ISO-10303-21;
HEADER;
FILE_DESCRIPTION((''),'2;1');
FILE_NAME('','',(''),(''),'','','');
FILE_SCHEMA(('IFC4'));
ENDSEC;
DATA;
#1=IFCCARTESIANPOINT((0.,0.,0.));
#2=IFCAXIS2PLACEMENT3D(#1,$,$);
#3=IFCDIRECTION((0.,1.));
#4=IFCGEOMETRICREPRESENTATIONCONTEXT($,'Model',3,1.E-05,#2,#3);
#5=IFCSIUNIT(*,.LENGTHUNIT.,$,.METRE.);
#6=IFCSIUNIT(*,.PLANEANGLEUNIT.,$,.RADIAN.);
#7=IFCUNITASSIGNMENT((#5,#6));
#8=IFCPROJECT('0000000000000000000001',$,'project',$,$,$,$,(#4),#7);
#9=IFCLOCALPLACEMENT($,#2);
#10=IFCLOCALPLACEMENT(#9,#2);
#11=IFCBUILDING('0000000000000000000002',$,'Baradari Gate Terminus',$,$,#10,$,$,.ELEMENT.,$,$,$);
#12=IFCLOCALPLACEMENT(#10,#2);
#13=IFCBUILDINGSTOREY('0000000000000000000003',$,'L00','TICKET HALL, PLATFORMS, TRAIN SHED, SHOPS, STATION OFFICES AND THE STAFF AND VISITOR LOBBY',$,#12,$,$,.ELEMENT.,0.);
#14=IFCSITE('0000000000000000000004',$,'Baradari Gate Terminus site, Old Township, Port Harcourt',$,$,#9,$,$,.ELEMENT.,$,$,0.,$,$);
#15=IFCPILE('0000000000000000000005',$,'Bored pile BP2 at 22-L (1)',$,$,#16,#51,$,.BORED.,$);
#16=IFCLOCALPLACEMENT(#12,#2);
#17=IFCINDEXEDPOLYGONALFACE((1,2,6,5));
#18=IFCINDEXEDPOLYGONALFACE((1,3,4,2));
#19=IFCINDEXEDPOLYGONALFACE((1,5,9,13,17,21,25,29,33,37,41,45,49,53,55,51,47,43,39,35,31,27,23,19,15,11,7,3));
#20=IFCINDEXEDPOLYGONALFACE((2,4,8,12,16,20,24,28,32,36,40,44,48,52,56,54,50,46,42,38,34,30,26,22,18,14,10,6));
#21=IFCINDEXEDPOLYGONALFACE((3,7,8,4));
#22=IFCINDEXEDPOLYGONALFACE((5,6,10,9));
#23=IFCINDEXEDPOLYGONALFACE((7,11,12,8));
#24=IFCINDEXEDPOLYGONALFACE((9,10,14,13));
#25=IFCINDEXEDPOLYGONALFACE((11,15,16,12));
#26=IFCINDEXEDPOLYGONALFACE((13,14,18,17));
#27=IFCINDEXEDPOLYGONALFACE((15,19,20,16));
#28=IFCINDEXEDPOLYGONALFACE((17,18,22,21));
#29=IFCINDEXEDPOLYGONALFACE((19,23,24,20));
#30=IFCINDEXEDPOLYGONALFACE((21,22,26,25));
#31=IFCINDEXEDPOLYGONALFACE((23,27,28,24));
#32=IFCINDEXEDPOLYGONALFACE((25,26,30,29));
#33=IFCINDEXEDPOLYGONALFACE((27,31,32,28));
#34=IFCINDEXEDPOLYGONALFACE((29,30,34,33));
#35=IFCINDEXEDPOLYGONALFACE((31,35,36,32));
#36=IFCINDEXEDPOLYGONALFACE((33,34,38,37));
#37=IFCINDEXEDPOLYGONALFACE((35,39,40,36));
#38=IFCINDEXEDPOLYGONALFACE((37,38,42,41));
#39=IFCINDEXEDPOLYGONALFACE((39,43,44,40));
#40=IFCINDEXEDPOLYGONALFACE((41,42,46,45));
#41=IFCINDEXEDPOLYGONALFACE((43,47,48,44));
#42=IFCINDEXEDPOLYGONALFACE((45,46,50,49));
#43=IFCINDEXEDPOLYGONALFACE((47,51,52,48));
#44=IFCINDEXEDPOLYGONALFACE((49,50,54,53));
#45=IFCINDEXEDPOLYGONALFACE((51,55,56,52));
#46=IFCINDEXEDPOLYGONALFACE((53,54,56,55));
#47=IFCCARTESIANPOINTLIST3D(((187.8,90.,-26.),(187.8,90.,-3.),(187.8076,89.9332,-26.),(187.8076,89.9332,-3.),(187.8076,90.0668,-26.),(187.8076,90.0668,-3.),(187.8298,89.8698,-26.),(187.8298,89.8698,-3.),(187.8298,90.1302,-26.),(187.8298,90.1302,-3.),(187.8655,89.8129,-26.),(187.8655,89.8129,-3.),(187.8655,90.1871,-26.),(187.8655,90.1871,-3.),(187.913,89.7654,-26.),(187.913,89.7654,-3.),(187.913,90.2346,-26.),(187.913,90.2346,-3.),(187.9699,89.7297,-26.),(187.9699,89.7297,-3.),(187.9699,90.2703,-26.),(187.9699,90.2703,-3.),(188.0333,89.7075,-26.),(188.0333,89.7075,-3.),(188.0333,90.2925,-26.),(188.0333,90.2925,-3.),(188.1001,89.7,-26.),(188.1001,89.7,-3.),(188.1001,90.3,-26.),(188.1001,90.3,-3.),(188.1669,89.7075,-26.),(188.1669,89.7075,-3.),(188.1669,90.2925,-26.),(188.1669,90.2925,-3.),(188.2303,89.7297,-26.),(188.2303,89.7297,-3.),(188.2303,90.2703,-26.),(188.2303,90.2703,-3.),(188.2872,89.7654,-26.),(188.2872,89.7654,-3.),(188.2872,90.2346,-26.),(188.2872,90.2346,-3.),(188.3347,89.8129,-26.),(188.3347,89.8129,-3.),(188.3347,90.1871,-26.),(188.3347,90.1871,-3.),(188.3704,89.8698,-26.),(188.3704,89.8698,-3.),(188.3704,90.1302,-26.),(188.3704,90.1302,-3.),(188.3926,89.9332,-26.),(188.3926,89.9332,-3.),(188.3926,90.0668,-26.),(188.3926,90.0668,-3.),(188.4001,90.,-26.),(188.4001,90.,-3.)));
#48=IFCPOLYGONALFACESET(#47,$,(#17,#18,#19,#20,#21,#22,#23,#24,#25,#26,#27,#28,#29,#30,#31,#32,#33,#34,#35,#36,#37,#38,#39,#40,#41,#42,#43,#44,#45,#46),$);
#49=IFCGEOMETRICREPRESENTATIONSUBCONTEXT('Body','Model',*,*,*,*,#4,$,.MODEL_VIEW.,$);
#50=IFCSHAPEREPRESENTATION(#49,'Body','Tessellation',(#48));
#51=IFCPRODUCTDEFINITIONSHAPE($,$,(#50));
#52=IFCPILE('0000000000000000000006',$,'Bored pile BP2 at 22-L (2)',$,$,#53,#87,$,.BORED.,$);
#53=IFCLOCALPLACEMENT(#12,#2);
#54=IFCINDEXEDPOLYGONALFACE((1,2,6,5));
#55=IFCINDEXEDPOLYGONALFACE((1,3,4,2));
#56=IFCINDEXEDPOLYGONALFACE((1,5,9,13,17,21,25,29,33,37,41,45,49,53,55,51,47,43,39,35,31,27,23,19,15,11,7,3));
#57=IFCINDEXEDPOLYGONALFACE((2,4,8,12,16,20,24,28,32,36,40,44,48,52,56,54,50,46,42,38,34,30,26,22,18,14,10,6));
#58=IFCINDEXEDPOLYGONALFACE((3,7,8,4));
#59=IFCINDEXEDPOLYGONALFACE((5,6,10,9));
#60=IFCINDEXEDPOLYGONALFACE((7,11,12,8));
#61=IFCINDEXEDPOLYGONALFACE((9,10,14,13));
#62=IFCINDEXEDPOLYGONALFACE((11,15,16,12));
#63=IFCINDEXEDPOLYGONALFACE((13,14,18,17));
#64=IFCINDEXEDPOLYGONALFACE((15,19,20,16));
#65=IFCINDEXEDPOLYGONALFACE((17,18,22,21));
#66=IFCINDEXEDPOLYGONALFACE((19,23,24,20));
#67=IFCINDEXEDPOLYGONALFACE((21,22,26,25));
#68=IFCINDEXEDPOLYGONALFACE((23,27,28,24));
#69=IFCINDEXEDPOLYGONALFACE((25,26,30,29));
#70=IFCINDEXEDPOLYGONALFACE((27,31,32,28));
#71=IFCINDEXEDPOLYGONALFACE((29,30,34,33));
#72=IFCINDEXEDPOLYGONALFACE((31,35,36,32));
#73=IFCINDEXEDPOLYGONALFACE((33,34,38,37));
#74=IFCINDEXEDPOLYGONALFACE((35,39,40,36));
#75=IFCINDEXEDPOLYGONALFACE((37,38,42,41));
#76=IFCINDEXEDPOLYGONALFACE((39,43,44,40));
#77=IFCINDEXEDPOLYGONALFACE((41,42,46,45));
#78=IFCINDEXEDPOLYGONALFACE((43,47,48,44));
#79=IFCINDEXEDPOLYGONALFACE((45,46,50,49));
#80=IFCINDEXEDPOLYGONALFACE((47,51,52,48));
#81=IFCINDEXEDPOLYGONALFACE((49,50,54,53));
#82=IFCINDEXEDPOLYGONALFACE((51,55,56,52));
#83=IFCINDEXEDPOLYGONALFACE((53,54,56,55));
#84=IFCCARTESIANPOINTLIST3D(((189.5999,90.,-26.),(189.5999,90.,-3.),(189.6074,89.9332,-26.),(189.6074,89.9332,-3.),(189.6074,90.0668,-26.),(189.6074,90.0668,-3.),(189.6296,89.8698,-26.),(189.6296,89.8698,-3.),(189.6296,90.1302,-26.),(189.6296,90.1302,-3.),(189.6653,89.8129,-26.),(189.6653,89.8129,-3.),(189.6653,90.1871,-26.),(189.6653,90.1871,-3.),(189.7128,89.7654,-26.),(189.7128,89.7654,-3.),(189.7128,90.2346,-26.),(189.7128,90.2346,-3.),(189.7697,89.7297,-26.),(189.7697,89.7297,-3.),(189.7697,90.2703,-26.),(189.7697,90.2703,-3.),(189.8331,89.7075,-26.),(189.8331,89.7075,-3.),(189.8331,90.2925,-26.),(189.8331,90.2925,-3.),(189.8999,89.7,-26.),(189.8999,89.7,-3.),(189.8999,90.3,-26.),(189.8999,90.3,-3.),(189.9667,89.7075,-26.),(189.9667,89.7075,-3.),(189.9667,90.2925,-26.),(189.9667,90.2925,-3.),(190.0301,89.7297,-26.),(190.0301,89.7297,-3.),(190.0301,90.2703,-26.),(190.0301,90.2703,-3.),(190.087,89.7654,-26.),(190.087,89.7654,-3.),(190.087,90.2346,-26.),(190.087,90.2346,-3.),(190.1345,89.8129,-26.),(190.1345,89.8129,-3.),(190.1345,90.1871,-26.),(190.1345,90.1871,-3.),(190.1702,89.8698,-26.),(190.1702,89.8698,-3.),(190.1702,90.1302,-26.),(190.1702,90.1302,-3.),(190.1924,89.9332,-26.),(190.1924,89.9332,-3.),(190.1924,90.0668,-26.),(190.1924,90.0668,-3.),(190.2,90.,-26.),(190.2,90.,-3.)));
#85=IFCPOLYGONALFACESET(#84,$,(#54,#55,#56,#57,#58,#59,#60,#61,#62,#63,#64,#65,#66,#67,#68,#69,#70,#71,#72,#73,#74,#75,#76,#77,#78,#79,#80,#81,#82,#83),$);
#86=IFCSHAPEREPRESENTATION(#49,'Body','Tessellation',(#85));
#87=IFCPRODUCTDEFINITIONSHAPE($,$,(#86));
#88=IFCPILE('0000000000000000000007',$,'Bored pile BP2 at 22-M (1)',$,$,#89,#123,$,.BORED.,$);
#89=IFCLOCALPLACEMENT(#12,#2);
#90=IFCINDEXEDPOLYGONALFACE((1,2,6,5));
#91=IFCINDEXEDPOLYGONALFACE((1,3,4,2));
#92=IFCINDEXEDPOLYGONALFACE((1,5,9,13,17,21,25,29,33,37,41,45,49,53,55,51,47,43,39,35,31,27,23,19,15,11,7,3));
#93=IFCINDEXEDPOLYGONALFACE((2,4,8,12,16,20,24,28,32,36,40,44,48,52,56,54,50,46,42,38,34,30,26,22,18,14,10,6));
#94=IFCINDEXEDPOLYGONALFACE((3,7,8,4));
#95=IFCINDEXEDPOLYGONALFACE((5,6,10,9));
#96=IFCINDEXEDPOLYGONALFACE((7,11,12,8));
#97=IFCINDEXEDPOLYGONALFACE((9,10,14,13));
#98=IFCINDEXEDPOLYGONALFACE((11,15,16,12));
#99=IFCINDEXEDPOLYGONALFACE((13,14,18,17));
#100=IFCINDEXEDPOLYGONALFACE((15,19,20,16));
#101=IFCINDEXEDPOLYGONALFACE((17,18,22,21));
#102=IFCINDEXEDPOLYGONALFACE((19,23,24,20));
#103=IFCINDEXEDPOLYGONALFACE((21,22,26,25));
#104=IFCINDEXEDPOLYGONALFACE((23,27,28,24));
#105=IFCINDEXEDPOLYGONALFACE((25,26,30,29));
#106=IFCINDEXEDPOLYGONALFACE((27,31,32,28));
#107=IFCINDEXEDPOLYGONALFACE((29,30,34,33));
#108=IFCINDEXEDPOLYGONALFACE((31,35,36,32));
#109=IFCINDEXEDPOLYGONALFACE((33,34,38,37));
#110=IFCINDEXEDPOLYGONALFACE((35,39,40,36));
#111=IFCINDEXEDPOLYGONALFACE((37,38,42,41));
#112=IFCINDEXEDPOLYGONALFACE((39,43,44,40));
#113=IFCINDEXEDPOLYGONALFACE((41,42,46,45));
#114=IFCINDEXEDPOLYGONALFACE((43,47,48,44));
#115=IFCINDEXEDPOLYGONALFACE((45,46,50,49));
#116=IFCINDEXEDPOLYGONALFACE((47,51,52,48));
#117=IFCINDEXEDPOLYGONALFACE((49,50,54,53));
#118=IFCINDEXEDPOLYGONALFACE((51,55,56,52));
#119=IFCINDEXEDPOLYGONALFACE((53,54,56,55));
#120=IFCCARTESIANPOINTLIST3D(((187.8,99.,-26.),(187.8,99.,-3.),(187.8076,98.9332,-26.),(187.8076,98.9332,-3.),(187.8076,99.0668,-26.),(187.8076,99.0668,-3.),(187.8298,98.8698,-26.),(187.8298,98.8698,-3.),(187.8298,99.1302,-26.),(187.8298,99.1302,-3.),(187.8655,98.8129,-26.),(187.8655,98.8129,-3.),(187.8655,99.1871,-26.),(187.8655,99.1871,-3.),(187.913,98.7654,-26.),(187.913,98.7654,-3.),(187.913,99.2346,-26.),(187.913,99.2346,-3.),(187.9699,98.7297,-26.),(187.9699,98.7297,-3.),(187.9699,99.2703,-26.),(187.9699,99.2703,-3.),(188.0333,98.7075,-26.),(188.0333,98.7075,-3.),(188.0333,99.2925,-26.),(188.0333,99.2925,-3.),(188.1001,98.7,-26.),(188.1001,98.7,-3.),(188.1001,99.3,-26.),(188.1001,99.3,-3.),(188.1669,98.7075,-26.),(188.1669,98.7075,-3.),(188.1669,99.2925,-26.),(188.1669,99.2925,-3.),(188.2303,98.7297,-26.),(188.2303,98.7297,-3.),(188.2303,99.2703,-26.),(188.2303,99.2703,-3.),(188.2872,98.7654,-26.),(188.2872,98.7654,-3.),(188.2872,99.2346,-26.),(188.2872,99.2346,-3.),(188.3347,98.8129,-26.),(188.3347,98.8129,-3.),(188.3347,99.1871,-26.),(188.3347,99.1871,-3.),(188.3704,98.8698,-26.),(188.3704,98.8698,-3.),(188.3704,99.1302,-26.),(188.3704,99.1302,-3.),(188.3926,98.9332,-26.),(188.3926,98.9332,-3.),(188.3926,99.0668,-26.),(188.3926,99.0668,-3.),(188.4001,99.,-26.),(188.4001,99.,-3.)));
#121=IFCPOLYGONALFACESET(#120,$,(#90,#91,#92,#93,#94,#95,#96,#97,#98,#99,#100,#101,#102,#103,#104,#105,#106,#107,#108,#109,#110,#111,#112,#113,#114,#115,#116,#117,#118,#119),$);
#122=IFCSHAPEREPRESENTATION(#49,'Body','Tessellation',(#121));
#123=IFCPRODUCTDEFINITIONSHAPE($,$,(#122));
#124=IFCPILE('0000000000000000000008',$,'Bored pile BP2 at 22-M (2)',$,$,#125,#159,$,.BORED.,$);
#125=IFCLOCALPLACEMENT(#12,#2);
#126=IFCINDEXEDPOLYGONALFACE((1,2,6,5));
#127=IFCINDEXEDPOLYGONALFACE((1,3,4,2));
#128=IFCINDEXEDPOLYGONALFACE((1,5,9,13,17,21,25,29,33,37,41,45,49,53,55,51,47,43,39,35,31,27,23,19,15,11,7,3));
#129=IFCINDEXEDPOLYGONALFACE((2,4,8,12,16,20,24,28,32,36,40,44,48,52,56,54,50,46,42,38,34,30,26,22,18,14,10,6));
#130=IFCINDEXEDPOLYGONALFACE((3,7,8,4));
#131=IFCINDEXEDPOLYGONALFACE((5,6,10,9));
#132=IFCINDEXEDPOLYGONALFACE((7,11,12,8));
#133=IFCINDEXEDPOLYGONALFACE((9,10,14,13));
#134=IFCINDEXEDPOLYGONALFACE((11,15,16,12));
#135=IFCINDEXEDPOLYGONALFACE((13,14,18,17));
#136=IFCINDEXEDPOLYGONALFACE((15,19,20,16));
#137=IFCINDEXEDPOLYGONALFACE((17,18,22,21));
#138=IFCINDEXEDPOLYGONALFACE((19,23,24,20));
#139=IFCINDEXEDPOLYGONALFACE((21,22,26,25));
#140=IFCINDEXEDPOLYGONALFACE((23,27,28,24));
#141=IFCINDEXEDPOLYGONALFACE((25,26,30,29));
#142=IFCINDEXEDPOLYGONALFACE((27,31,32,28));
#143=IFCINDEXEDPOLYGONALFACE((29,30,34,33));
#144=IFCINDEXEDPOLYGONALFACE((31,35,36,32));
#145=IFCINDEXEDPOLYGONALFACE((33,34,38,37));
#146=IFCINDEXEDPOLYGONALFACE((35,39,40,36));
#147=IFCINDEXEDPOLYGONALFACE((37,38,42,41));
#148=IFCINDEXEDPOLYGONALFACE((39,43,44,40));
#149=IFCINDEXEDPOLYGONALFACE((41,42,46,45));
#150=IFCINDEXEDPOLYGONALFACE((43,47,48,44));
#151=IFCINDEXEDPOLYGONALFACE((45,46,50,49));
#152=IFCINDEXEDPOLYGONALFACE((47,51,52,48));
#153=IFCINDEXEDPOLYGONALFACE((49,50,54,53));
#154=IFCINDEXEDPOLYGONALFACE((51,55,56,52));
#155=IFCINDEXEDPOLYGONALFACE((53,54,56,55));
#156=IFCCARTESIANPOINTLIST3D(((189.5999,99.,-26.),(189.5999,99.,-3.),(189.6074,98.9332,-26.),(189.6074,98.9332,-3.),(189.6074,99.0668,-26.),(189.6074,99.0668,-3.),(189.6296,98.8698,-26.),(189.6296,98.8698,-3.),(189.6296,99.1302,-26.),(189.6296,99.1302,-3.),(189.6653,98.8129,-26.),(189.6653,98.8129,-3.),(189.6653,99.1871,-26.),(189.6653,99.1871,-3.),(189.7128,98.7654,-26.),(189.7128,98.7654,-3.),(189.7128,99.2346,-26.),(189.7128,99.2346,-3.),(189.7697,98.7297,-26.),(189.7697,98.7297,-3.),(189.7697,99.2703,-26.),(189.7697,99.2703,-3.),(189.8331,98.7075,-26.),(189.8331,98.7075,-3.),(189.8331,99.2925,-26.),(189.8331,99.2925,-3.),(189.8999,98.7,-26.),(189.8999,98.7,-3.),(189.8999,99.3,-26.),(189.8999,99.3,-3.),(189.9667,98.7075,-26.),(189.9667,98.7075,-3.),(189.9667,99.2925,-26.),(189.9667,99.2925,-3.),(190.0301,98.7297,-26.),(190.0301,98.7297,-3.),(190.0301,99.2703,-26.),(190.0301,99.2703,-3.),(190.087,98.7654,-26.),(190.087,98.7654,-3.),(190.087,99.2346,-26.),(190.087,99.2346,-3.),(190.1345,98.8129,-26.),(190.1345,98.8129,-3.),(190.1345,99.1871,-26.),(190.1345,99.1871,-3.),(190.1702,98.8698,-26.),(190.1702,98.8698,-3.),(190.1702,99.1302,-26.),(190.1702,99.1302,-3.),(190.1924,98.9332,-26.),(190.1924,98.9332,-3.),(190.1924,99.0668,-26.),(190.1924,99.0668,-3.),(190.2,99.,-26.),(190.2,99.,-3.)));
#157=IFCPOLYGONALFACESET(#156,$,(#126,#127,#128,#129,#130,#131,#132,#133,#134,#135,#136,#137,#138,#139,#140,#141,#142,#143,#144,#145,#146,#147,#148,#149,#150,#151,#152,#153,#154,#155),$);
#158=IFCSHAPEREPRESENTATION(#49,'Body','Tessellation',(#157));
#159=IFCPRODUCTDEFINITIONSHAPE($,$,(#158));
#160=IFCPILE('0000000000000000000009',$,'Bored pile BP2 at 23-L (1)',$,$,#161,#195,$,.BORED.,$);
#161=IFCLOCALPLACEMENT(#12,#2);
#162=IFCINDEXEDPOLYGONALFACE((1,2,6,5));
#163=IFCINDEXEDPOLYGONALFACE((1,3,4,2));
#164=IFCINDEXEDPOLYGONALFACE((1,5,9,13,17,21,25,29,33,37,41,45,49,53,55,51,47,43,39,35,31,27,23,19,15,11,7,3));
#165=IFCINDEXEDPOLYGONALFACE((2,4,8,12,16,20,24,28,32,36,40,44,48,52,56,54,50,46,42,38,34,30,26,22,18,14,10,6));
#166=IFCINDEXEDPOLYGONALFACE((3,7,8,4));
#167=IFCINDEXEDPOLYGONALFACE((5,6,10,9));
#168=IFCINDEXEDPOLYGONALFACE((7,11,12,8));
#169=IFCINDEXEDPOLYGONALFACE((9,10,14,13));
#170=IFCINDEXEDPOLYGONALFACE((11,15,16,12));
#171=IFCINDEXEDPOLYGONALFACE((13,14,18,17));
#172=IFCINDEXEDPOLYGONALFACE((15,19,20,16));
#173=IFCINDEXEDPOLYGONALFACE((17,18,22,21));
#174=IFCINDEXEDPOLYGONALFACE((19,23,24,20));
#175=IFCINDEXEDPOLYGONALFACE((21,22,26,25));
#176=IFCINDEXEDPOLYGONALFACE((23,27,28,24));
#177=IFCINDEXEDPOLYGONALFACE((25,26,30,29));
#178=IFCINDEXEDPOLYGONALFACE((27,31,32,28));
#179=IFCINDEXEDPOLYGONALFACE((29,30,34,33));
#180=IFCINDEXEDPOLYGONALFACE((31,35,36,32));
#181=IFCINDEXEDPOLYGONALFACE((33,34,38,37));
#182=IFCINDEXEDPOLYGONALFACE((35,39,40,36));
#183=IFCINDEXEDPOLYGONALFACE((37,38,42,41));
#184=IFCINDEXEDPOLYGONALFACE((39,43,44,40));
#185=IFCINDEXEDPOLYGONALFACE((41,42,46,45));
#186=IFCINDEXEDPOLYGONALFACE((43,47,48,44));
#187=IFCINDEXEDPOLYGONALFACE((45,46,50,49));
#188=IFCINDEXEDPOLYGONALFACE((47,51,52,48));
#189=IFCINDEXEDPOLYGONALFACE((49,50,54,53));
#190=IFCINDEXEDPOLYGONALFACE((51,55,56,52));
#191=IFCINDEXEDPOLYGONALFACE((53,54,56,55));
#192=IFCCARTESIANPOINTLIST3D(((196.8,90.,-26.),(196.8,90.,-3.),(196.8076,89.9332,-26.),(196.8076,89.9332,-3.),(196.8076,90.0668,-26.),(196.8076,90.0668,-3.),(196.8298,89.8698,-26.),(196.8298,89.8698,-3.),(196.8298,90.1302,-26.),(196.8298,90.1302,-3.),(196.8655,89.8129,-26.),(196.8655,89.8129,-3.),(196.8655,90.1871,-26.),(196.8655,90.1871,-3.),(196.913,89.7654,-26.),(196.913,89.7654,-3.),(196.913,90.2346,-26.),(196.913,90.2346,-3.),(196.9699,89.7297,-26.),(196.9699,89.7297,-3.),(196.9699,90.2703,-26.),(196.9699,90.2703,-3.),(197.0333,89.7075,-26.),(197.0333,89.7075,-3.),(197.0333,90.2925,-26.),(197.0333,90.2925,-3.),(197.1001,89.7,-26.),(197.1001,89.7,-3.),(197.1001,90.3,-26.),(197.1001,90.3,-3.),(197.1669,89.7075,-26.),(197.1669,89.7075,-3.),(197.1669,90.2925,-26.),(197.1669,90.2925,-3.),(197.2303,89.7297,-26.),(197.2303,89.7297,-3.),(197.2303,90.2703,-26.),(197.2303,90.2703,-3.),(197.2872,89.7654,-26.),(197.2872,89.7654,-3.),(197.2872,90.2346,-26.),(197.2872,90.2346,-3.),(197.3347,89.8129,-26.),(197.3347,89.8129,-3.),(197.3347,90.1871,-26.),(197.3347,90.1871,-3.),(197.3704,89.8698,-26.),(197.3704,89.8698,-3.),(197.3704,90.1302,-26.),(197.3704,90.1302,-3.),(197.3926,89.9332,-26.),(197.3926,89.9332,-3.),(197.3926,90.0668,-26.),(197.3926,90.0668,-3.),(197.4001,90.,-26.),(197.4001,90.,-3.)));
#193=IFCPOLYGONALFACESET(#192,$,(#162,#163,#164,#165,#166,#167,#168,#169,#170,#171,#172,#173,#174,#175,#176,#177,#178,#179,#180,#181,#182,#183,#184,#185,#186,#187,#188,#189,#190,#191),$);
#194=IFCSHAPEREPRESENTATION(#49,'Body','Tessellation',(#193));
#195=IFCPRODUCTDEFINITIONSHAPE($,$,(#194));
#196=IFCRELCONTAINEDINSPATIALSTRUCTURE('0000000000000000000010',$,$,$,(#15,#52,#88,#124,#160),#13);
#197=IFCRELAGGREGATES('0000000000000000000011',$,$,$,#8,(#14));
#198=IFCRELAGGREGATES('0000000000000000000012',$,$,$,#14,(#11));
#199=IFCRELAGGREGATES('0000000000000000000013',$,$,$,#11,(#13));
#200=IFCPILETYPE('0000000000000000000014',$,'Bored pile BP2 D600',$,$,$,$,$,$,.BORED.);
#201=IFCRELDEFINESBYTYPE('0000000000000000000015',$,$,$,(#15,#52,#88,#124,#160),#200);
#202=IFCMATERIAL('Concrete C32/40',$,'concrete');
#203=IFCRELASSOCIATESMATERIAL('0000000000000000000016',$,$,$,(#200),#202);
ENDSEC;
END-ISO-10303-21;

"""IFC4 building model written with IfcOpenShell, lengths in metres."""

from ifc_helpers import new_model, si_unit, direction, frame, origin, origin_2d, place, context, subcontext, project, spatial, circle, extrude, material, type_object, element, save


model = new_model("IFC4")

# Units and contexts
model_context = context("Model", 3, precision=1e-05, world=origin(), true_north=direction((0.0, 1.0)))
body_context = subcontext(model_context, "Body", "Model", "MODEL_VIEW")
ifc_project = project(units=[si_unit("LENGTHUNIT", "METRE"), si_unit("PLANEANGLEUNIT", "RADIAN")], contexts=[model_context])

# Site, building, storey
site_placement = place(None, origin())
site = spatial("IfcSite", under=ifc_project, at=site_placement, Name="Baradari Gate Terminus site, Old Township, Port Harcourt", CompositionType="ELEMENT", RefElevation=0.0)
building_placement = place(site_placement, origin())
building = spatial("IfcBuilding", under=site, at=building_placement, Name="Baradari Gate Terminus", CompositionType="ELEMENT")
storey_placement = place(building_placement, origin())
storey = spatial("IfcBuildingStorey", under=building, at=storey_placement, Name="L00", Description="TICKET HALL, PLATFORMS, TRAIN SHED, SHOPS, STATION OFFICES AND THE STAFF AND VISITOR LOBBY", CompositionType="ELEMENT", Elevation=0.0)

# Piles
ifc_material_1 = material(Name="Concrete C32/40", Category="concrete")
pile_type = type_object("IfcPileType", Name="Bored pile BP2 D600", PredefinedType="BORED", material=ifc_material_1)
for number, where, z_axis, x_axis, name in (
    (1, (188.1001, 90.0, -3.0), (0.0, 0.0, -1.0), (1.0, 0.0, 0.0), "Bored pile BP2 at 22-L (1)"),
    (2, (189.8999, 90.0, -3.0), (0.0, 0.0, -1.0), (1.0, 0.0, 0.0), "Bored pile BP2 at 22-L (2)"),
    (3, (188.1001, 99.0, -3.0), (0.0, 0.0, -1.0), (1.0, 0.0, 0.0), "Bored pile BP2 at 22-M (1)"),
    (4, (189.8999, 99.0, -3.0), (0.0, 0.0, -1.0), (1.0, 0.0, 0.0), "Bored pile BP2 at 22-M (2)"),
    (5, (197.1001, 90.0, -3.0), (0.0, 0.0, -1.0), (1.0, 0.0, 0.0), "Bored pile BP2 at 23-L (1)"),
):
    element("IfcPile", number, at=place(storey_placement, frame(where, z_axis=z_axis, x_axis=x_axis)), inside=storey, type_object=pile_type, Name=name, PredefinedType="BORED", context=body_context, shape_type="SweptSolid", body=[
        extrude(circle(Radius=0.3, at=origin_2d()), origin(), (0.0, 0.0, 1.0), 23.0),
    ])

save(model, "model.ifc")
